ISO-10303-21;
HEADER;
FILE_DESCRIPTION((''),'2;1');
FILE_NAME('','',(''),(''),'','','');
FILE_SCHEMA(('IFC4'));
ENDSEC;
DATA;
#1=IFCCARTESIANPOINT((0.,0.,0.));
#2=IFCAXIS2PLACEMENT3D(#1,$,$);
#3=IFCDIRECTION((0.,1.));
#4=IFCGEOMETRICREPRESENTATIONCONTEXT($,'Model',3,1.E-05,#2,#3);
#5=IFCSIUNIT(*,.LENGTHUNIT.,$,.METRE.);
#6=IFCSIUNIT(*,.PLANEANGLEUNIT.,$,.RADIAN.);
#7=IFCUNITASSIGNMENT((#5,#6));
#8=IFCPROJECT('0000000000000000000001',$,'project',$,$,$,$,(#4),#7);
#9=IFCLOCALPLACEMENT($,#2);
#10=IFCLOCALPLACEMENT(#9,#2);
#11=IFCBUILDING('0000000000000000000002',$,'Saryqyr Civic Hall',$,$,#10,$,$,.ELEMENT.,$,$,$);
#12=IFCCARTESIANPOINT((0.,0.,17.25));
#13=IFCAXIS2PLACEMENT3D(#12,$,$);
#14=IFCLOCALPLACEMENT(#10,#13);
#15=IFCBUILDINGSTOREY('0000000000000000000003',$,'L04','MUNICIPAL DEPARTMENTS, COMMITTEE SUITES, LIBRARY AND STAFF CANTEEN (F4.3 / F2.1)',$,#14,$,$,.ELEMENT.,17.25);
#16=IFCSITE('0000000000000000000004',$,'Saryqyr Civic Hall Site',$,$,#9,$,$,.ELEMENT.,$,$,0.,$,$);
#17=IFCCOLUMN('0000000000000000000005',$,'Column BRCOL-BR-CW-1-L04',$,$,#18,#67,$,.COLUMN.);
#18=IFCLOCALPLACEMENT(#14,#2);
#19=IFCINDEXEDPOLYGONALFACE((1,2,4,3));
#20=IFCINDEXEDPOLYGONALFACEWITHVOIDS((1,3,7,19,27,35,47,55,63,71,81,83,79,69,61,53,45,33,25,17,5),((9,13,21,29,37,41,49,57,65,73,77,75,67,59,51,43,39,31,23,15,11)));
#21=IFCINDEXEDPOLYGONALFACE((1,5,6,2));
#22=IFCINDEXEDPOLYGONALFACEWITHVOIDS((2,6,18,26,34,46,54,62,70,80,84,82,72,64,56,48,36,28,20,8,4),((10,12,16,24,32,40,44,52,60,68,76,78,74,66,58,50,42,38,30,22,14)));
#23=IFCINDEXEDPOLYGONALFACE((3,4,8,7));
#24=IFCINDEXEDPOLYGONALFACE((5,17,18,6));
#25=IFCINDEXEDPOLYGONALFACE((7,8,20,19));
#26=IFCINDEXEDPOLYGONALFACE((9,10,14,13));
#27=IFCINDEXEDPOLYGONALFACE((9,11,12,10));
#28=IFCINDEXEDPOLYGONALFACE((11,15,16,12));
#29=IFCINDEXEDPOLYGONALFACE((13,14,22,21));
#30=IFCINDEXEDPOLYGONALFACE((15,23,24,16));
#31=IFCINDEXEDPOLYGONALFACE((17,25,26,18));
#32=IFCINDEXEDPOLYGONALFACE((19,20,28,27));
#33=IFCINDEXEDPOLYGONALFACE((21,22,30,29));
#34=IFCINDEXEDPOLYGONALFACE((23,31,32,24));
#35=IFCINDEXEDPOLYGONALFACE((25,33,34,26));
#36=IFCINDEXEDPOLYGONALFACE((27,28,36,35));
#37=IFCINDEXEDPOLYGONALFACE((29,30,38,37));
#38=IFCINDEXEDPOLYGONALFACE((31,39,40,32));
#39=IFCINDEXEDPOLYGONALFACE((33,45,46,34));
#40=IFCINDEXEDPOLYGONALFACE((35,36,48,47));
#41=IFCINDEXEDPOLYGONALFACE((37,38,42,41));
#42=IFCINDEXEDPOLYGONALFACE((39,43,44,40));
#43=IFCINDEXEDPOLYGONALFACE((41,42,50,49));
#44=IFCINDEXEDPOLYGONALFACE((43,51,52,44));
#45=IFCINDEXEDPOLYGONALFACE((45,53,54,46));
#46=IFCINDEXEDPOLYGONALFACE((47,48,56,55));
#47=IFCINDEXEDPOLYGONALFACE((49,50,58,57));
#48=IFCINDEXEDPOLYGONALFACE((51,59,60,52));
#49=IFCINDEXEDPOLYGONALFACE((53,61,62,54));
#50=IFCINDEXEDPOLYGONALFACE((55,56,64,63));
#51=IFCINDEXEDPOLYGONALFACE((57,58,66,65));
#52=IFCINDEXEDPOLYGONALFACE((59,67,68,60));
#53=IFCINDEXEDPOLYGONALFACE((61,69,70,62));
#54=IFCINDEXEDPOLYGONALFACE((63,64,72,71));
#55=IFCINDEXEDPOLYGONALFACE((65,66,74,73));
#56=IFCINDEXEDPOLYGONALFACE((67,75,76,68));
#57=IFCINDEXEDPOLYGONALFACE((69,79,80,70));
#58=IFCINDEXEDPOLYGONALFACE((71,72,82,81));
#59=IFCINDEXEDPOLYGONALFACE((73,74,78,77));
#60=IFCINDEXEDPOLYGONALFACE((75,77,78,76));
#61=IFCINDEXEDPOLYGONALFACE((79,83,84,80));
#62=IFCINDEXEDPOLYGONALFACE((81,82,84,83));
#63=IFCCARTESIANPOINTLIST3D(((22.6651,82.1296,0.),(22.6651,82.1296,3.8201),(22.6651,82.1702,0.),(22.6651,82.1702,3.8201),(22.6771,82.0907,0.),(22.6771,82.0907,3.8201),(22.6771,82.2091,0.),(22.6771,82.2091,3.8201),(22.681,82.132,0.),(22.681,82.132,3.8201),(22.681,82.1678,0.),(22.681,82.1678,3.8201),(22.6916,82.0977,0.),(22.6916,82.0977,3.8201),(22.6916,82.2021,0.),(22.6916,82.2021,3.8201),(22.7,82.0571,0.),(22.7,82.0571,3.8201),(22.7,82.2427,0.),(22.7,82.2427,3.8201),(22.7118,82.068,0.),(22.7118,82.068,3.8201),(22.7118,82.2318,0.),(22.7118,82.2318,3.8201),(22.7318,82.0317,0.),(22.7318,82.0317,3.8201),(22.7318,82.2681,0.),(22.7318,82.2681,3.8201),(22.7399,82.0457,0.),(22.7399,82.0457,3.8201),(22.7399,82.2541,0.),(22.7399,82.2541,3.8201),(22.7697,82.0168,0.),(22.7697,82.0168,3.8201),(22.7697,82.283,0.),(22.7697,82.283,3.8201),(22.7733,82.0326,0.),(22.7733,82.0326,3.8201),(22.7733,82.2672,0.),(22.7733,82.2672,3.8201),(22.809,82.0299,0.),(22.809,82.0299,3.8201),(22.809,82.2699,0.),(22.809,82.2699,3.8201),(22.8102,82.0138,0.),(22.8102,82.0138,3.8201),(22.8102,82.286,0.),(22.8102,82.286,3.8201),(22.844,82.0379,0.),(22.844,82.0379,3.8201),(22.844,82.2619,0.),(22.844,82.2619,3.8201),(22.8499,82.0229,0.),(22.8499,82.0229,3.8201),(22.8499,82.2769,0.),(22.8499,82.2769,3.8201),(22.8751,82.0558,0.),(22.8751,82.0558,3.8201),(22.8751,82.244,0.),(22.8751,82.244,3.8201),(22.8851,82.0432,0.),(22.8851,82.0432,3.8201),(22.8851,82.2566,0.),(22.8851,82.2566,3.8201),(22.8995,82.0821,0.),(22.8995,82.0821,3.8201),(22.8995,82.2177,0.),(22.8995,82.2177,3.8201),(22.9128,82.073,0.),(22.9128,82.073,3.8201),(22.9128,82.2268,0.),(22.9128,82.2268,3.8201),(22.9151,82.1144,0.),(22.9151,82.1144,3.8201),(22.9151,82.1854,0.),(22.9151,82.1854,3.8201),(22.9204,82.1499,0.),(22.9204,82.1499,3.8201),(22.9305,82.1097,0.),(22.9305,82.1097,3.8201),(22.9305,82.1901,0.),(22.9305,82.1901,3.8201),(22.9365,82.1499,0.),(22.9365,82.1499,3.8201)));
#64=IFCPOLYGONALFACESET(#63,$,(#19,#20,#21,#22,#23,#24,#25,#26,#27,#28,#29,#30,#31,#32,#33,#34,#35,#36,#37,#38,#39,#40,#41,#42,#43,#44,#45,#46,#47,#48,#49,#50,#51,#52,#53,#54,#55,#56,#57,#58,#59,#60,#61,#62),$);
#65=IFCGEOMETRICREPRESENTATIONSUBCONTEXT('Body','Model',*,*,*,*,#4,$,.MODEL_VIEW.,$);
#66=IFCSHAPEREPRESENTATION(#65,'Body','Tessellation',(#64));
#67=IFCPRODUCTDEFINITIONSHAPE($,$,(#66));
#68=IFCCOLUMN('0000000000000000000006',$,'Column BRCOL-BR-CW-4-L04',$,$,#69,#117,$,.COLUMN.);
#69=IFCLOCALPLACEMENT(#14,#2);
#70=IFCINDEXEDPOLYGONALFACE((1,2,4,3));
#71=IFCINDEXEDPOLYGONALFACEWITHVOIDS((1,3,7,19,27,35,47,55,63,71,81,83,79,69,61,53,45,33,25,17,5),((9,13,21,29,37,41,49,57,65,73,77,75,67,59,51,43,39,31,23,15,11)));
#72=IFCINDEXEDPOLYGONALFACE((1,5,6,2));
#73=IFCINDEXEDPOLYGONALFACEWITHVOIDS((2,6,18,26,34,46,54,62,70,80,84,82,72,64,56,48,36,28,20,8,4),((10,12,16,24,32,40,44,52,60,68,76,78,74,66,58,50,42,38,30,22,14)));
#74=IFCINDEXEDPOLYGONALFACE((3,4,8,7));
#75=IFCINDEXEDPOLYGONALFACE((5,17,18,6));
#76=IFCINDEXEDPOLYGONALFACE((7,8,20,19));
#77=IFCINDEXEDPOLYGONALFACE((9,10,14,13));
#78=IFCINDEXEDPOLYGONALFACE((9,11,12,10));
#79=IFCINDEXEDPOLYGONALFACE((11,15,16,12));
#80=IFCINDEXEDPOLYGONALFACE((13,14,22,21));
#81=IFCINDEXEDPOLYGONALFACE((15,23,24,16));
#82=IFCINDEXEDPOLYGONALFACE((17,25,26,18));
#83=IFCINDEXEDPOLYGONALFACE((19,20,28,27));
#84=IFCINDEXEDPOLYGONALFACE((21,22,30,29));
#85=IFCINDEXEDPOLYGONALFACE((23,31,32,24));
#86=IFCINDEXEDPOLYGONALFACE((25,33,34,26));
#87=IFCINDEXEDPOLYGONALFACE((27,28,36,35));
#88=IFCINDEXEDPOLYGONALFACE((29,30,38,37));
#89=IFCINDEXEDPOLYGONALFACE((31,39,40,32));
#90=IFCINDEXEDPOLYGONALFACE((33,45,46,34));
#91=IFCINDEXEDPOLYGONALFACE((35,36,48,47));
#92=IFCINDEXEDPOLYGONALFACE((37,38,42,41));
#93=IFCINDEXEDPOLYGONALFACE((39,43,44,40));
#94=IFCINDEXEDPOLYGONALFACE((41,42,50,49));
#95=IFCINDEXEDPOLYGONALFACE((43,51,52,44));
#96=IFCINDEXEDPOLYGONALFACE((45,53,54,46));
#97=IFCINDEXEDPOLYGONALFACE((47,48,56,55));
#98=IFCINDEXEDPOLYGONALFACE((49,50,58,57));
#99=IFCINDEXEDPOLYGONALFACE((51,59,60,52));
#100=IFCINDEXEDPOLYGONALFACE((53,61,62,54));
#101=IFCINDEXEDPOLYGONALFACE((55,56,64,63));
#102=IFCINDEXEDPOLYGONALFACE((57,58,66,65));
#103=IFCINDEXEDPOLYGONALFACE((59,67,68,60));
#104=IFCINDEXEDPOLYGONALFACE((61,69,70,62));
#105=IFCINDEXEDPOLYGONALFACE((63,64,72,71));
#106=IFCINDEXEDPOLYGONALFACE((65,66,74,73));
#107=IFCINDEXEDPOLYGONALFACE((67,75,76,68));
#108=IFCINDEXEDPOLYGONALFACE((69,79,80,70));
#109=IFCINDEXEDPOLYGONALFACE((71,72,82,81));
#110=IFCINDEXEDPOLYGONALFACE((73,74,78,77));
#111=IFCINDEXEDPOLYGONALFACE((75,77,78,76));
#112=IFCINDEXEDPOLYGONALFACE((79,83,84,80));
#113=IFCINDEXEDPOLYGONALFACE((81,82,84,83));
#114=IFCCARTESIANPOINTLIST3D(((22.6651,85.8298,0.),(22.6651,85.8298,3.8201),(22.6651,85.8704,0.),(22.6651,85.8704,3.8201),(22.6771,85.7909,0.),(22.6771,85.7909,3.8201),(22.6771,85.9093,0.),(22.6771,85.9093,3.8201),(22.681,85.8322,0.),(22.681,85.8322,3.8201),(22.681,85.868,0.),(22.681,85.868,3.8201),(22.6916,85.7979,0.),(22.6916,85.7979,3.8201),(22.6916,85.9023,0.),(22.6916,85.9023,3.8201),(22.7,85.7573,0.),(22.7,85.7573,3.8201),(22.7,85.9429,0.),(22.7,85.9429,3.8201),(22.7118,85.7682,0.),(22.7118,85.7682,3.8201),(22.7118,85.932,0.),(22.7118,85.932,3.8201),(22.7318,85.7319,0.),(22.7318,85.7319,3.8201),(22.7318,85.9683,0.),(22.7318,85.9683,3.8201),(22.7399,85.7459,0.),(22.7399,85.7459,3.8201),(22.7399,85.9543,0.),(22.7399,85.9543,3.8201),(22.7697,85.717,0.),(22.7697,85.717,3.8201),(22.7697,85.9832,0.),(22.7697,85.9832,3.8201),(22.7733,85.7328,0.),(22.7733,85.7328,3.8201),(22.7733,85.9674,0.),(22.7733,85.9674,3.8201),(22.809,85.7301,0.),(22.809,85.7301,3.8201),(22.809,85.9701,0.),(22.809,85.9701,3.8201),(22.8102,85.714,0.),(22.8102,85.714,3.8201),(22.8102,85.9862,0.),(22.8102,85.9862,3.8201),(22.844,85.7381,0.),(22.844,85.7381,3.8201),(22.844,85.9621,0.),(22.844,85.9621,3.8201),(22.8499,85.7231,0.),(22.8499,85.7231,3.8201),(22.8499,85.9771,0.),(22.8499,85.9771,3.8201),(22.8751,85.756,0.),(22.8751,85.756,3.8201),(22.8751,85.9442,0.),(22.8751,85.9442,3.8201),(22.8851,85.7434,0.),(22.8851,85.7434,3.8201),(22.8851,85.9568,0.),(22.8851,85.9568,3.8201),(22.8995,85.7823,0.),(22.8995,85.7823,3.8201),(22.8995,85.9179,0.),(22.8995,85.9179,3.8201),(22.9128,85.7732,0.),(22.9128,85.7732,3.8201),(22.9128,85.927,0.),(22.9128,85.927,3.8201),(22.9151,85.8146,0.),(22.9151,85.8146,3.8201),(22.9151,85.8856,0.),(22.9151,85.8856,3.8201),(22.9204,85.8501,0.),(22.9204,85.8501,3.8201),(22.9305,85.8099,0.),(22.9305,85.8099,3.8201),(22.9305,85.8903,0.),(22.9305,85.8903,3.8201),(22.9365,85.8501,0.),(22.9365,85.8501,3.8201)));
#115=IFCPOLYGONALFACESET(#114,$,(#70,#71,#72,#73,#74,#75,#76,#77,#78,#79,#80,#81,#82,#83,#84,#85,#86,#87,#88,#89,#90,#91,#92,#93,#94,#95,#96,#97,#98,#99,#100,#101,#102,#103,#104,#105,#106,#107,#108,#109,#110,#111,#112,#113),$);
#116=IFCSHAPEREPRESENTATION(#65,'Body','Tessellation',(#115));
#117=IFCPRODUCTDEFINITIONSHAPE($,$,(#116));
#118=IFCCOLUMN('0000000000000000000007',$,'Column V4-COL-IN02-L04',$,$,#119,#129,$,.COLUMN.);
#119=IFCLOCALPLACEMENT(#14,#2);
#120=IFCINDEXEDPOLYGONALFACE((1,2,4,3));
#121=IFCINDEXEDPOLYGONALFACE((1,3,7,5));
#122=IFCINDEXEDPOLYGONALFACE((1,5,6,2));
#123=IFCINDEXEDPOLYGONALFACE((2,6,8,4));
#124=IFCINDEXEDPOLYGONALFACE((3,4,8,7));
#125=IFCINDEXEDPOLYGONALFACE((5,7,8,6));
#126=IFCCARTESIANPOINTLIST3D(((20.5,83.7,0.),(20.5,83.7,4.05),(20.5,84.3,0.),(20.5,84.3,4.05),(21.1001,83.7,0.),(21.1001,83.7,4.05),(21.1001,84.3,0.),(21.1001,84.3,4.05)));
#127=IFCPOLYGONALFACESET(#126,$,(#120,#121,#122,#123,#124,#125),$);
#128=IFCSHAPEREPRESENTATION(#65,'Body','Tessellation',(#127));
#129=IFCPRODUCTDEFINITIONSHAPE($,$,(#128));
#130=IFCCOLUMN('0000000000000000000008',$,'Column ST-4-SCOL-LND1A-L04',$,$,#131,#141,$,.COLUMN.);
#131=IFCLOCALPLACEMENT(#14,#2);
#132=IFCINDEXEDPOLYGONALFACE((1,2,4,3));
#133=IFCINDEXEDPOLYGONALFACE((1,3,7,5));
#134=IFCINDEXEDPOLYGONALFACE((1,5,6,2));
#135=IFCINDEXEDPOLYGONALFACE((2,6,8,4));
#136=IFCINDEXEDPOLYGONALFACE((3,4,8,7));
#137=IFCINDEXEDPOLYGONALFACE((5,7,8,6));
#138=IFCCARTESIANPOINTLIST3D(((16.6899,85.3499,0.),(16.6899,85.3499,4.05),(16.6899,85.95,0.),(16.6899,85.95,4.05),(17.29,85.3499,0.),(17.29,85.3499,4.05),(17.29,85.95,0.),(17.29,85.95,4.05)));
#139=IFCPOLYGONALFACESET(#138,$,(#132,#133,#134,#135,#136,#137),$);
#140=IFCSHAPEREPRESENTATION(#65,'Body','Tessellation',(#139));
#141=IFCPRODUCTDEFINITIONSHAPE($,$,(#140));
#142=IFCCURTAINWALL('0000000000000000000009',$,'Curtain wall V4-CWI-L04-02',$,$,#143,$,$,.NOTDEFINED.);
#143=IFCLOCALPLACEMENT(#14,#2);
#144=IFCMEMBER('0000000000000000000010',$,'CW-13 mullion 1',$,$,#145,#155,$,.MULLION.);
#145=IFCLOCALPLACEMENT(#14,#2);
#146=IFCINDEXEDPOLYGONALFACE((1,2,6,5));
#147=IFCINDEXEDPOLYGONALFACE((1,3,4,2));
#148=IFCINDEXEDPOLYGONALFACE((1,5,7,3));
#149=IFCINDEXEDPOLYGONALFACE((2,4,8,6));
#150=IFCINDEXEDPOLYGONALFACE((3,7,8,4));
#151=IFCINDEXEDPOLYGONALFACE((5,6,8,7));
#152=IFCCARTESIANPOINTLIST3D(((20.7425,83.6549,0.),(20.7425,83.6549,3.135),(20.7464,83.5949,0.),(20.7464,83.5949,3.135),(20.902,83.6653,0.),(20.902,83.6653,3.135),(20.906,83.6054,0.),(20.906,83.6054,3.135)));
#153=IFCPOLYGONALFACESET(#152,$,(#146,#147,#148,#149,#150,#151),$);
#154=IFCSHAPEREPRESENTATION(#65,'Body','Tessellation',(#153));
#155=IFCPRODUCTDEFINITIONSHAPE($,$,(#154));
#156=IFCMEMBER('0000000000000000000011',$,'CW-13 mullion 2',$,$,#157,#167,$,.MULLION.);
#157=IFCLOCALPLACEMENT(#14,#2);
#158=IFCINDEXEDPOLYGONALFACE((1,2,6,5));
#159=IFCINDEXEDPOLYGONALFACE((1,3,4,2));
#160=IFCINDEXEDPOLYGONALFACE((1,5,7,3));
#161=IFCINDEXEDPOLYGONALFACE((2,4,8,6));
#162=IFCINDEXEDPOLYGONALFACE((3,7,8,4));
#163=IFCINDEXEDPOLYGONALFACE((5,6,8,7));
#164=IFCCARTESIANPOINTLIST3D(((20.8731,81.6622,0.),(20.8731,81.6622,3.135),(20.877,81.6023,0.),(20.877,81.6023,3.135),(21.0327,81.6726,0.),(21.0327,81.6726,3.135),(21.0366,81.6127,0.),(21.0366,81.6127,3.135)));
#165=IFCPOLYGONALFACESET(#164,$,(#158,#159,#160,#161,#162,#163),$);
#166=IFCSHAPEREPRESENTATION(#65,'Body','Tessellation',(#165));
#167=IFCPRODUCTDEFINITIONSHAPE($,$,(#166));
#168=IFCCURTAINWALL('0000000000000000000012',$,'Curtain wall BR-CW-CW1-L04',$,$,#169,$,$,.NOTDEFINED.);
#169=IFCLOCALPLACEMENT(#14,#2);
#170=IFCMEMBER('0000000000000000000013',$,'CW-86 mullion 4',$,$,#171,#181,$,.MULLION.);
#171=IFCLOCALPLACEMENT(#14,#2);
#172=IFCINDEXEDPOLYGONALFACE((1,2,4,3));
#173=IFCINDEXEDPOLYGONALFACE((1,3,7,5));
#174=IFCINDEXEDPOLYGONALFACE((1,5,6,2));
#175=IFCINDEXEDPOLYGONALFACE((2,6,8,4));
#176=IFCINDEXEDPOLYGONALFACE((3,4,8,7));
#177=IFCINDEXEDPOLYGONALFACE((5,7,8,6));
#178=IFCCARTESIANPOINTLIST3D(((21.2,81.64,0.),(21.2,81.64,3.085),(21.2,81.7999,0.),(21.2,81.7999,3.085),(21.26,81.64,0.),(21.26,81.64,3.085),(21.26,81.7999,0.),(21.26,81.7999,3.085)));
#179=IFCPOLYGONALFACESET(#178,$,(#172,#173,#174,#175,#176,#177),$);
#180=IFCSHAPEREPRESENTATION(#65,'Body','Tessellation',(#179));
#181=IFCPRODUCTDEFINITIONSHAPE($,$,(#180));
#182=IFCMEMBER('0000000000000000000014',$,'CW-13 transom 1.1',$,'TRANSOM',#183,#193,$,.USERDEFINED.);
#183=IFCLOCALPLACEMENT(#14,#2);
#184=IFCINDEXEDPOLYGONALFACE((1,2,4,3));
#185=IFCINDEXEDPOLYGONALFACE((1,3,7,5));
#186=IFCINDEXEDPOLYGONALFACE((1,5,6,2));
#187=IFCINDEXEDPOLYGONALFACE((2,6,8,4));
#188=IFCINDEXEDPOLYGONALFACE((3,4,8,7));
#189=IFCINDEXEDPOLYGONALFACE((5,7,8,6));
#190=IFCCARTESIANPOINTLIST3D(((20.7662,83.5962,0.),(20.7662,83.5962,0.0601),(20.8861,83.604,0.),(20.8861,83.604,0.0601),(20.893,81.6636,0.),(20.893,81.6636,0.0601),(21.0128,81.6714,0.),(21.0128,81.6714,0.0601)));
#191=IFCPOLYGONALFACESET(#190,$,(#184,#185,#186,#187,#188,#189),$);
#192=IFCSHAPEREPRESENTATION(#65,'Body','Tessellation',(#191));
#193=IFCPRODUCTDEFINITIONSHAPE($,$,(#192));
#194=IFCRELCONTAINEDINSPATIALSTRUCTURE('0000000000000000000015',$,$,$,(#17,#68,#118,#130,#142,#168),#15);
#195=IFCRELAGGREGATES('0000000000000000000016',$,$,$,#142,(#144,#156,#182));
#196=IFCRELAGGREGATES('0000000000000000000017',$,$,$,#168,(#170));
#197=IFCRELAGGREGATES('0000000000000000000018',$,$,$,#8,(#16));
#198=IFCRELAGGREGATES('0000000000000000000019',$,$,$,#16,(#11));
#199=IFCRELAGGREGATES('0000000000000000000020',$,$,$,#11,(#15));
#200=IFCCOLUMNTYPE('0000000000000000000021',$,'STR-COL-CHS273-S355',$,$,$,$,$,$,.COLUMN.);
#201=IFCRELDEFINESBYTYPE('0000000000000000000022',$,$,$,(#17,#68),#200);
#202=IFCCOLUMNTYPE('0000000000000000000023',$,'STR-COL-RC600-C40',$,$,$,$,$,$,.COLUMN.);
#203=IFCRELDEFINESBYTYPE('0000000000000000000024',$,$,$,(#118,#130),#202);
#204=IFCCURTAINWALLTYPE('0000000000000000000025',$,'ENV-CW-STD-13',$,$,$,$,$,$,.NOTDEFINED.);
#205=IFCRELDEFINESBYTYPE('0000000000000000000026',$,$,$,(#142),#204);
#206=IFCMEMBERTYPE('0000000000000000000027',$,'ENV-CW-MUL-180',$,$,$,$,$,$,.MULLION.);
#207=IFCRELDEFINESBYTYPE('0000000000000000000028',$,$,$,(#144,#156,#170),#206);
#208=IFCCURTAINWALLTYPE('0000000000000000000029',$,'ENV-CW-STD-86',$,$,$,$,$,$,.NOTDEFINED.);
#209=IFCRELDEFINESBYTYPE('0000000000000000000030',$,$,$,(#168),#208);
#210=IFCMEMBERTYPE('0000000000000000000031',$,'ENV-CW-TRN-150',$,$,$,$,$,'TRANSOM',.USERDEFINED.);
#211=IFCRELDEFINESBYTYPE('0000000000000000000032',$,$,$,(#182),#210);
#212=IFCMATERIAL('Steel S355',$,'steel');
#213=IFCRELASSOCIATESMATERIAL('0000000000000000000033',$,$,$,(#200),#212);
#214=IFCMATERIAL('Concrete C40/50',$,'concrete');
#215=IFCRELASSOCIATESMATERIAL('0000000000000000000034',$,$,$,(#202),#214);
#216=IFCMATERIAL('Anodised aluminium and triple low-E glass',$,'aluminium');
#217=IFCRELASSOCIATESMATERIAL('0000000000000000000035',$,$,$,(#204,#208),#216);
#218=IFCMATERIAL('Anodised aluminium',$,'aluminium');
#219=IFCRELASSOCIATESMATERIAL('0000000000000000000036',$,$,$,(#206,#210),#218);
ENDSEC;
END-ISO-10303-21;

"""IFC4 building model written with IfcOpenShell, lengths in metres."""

from ifc_helpers import new_model, si_unit, direction, frame, origin, origin_2d, place, context, subcontext, project, spatial, rectangle, hollow_circle, extrude, material, material_profile, profile_set, type_object, element, aggregate, save


model = new_model("IFC4")

# Units and contexts
model_context = context("Model", 3, precision=1e-05, world=origin(), true_north=direction((0.0, 1.0)))
body_context = subcontext(model_context, "Body", "Model", "MODEL_VIEW")
ifc_project = project(units=[si_unit("LENGTHUNIT", "METRE"), si_unit("PLANEANGLEUNIT", "RADIAN")], contexts=[model_context])

# Site, building, storey
site_placement = place(None, origin())
site = spatial("IfcSite", under=ifc_project, at=site_placement, Name="Saryqyr Civic Hall Site", CompositionType="ELEMENT", RefElevation=0.0)
building_placement = place(site_placement, origin())
building = spatial("IfcBuilding", under=site, at=building_placement, Name="Saryqyr Civic Hall", CompositionType="ELEMENT")
storey_placement = place(building_placement, frame((0.0, 0.0, 17.25)))
storey = spatial("IfcBuildingStorey", under=building, at=storey_placement, Name="L04", Description="MUNICIPAL DEPARTMENTS, COMMITTEE SUITES, LIBRARY AND STAFF CANTEEN (F4.3 / F2.1)", CompositionType="ELEMENT", Elevation=17.25)

# Columns
ifc_material_1 = material(Name="Steel S355", Category="steel")
ifc_material_profile_1 = material_profile(ifc_material_1, hollow_circle(Radius=0.1365, WallThickness=0.0161, at=origin_2d()), Name="CHS 273x16")
ifc_profile_set_1 = profile_set([ifc_material_profile_1], Name="Steel S355")
column_type_1 = type_object("IfcColumnType", Name="STR-COL-CHS273-S355", PredefinedType="COLUMN", material=ifc_profile_set_1)
for number, where, z_axis, x_axis, name in (
    (1, (22.8, 82.1499, 0.0), (0.0, 0.0, 1.0), (1.0, 0.0, 0.0), "Column BRCOL-BR-CW-1-L04"),
    (2, (22.8, 85.8501, 0.0), (0.0, 0.0, 1.0), (1.0, 0.0, 0.0), "Column BRCOL-BR-CW-4-L04"),
):
    element("IfcColumn", number, at=place(storey_placement, frame(where, z_axis=z_axis, x_axis=x_axis)), inside=storey, type_object=column_type_1, Name=name, PredefinedType="COLUMN", context=body_context, shape_type="SweptSolid", body=[
        extrude(hollow_circle(Radius=0.1365, WallThickness=0.0161, at=origin_2d()), origin(), (0.0, 0.0, 1.0), 3.8201),
    ])
ifc_material_2 = material(Name="Concrete C40/50", Category="concrete")
ifc_material_profile_2 = material_profile(ifc_material_2, rectangle(XDim=0.6001, YDim=0.6001, at=origin_2d()), Name="RC 600x600")
ifc_profile_set_2 = profile_set([ifc_material_profile_2], Name="Concrete C40/50")
column_type_2 = type_object("IfcColumnType", Name="STR-COL-RC600-C40", PredefinedType="COLUMN", material=ifc_profile_set_2)
for number, where, z_axis, x_axis, name in (
    (3, (20.8, 84.0, 0.0), (0.0, 0.0, 1.0), (-1.0, 0.0, 0.0), "Column V4-COL-IN02-L04"),
    (4, (16.99, 85.6499, 0.0), (0.0, 0.0, 1.0), (1.0, 0.0, 0.0), "Column ST-4-SCOL-LND1A-L04"),
):
    element("IfcColumn", number, at=place(storey_placement, frame(where, z_axis=z_axis, x_axis=x_axis)), inside=storey, type_object=column_type_2, Name=name, PredefinedType="COLUMN", context=body_context, shape_type="SweptSolid", body=[
        extrude(rectangle(XDim=0.6001, YDim=0.6001, at=origin_2d()), origin(), (0.0, 0.0, 1.0), 4.05),
    ])

# Curtain wall, members
ifc_material_3 = material(Name="Anodised aluminium and triple low-E glass", Category="aluminium")
curtain_wall_type_1 = type_object("IfcCurtainWallType", Name="ENV-CW-STD-13", PredefinedType="NOTDEFINED", material=ifc_material_3)
curtain_wall_1_placement = place(storey_placement, origin())
curtain_wall_1 = element("IfcCurtainWall", 5, at=curtain_wall_1_placement, inside=storey, type_object=curtain_wall_type_1, Name="Curtain wall V4-CWI-L04-02", PredefinedType="NOTDEFINED")
ifc_material_4 = material(Name="Anodised aluminium", Category="aluminium")
ifc_material_profile_3 = material_profile(ifc_material_4, rectangle(XDim=0.0601, YDim=0.1599, at=origin_2d()), Name="ALU MULLION 60x160")
ifc_profile_set_3 = profile_set([ifc_material_profile_3], Name="Anodised aluminium")
member_type_1 = type_object("IfcMemberType", Name="ENV-CW-MUL-180", PredefinedType="MULLION", material=ifc_profile_set_3)
member_1_placement = place(storey_placement, frame((20.8242, 83.6301, 0.0), z_axis=(0.0, 0.0, 1.0), x_axis=(0.065397, -0.997859, 0.0)))
member_1 = element("IfcMember", 6, at=member_1_placement, type_object=member_type_1, Name="CW-13 mullion 1", PredefinedType="MULLION", context=body_context, shape_type="SweptSolid", body=[
    extrude(rectangle(XDim=0.0601, YDim=0.1599, at=origin_2d()), origin(), (0.0, 0.0, 1.0), 3.135),
])
member_2_placement = place(storey_placement, frame((20.9548, 81.6375, 0.0), z_axis=(0.0, 0.0, 1.0), x_axis=(0.065397, -0.997859, 0.0)))
member_2 = element("IfcMember", 7, at=member_2_placement, type_object=member_type_1, Name="CW-13 mullion 2", PredefinedType="MULLION", context=body_context, shape_type="SweptSolid", body=[
    extrude(rectangle(XDim=0.0601, YDim=0.1599, at=origin_2d()), origin(), (0.0, 0.0, 1.0), 3.135),
])

# Curtain wall, member
curtain_wall_type_2 = type_object("IfcCurtainWallType", Name="ENV-CW-STD-86", PredefinedType="NOTDEFINED", material=ifc_material_3)
curtain_wall_2_placement = place(storey_placement, origin())
curtain_wall_2 = element("IfcCurtainWall", 8, at=curtain_wall_2_placement, inside=storey, type_object=curtain_wall_type_2, Name="Curtain wall BR-CW-CW1-L04", PredefinedType="NOTDEFINED")
member_3_placement = place(storey_placement, frame((21.23, 81.72, 0.0), z_axis=(0.0, 0.0, 1.0), x_axis=(-1.0, 0.0, 0.0)))
member_3 = element("IfcMember", 9, at=member_3_placement, type_object=member_type_1, Name="CW-86 mullion 4", PredefinedType="MULLION", context=body_context, shape_type="SweptSolid", body=[
    extrude(rectangle(XDim=0.0601, YDim=0.1599, at=origin_2d()), origin(), (0.0, 0.0, 1.0), 3.085),
])

# Member
ifc_material_profile_4 = material_profile(ifc_material_4, rectangle(XDim=0.1201, YDim=0.0601, at=origin_2d()), Name="ALU TRANSOM 120x60")
ifc_profile_set_4 = profile_set([ifc_material_profile_4], Name="Anodised aluminium")
member_type_2 = type_object("IfcMemberType", Name="ENV-CW-TRN-150", ElementType="TRANSOM", PredefinedType="USERDEFINED", material=ifc_profile_set_4)
member_4_placement = place(storey_placement, frame((20.8262, 83.6001, 0.03), z_axis=(0.065423, -0.997858, 0.0), x_axis=(0.997858, 0.065423, 0.0)))
member_4 = element("IfcMember", 10, at=member_4_placement, type_object=member_type_2, Name="CW-13 transom 1.1", ObjectType="TRANSOM", PredefinedType="USERDEFINED", context=body_context, shape_type="SweptSolid", body=[
    extrude(rectangle(XDim=0.1201, YDim=0.0601, at=origin_2d()), origin(), (0.0, 0.0, 1.0), 1.9368),
])

aggregate(curtain_wall_1, [member_1, member_2, member_4])
aggregate(curtain_wall_2, [member_3])

save(model, "model.ifc")
